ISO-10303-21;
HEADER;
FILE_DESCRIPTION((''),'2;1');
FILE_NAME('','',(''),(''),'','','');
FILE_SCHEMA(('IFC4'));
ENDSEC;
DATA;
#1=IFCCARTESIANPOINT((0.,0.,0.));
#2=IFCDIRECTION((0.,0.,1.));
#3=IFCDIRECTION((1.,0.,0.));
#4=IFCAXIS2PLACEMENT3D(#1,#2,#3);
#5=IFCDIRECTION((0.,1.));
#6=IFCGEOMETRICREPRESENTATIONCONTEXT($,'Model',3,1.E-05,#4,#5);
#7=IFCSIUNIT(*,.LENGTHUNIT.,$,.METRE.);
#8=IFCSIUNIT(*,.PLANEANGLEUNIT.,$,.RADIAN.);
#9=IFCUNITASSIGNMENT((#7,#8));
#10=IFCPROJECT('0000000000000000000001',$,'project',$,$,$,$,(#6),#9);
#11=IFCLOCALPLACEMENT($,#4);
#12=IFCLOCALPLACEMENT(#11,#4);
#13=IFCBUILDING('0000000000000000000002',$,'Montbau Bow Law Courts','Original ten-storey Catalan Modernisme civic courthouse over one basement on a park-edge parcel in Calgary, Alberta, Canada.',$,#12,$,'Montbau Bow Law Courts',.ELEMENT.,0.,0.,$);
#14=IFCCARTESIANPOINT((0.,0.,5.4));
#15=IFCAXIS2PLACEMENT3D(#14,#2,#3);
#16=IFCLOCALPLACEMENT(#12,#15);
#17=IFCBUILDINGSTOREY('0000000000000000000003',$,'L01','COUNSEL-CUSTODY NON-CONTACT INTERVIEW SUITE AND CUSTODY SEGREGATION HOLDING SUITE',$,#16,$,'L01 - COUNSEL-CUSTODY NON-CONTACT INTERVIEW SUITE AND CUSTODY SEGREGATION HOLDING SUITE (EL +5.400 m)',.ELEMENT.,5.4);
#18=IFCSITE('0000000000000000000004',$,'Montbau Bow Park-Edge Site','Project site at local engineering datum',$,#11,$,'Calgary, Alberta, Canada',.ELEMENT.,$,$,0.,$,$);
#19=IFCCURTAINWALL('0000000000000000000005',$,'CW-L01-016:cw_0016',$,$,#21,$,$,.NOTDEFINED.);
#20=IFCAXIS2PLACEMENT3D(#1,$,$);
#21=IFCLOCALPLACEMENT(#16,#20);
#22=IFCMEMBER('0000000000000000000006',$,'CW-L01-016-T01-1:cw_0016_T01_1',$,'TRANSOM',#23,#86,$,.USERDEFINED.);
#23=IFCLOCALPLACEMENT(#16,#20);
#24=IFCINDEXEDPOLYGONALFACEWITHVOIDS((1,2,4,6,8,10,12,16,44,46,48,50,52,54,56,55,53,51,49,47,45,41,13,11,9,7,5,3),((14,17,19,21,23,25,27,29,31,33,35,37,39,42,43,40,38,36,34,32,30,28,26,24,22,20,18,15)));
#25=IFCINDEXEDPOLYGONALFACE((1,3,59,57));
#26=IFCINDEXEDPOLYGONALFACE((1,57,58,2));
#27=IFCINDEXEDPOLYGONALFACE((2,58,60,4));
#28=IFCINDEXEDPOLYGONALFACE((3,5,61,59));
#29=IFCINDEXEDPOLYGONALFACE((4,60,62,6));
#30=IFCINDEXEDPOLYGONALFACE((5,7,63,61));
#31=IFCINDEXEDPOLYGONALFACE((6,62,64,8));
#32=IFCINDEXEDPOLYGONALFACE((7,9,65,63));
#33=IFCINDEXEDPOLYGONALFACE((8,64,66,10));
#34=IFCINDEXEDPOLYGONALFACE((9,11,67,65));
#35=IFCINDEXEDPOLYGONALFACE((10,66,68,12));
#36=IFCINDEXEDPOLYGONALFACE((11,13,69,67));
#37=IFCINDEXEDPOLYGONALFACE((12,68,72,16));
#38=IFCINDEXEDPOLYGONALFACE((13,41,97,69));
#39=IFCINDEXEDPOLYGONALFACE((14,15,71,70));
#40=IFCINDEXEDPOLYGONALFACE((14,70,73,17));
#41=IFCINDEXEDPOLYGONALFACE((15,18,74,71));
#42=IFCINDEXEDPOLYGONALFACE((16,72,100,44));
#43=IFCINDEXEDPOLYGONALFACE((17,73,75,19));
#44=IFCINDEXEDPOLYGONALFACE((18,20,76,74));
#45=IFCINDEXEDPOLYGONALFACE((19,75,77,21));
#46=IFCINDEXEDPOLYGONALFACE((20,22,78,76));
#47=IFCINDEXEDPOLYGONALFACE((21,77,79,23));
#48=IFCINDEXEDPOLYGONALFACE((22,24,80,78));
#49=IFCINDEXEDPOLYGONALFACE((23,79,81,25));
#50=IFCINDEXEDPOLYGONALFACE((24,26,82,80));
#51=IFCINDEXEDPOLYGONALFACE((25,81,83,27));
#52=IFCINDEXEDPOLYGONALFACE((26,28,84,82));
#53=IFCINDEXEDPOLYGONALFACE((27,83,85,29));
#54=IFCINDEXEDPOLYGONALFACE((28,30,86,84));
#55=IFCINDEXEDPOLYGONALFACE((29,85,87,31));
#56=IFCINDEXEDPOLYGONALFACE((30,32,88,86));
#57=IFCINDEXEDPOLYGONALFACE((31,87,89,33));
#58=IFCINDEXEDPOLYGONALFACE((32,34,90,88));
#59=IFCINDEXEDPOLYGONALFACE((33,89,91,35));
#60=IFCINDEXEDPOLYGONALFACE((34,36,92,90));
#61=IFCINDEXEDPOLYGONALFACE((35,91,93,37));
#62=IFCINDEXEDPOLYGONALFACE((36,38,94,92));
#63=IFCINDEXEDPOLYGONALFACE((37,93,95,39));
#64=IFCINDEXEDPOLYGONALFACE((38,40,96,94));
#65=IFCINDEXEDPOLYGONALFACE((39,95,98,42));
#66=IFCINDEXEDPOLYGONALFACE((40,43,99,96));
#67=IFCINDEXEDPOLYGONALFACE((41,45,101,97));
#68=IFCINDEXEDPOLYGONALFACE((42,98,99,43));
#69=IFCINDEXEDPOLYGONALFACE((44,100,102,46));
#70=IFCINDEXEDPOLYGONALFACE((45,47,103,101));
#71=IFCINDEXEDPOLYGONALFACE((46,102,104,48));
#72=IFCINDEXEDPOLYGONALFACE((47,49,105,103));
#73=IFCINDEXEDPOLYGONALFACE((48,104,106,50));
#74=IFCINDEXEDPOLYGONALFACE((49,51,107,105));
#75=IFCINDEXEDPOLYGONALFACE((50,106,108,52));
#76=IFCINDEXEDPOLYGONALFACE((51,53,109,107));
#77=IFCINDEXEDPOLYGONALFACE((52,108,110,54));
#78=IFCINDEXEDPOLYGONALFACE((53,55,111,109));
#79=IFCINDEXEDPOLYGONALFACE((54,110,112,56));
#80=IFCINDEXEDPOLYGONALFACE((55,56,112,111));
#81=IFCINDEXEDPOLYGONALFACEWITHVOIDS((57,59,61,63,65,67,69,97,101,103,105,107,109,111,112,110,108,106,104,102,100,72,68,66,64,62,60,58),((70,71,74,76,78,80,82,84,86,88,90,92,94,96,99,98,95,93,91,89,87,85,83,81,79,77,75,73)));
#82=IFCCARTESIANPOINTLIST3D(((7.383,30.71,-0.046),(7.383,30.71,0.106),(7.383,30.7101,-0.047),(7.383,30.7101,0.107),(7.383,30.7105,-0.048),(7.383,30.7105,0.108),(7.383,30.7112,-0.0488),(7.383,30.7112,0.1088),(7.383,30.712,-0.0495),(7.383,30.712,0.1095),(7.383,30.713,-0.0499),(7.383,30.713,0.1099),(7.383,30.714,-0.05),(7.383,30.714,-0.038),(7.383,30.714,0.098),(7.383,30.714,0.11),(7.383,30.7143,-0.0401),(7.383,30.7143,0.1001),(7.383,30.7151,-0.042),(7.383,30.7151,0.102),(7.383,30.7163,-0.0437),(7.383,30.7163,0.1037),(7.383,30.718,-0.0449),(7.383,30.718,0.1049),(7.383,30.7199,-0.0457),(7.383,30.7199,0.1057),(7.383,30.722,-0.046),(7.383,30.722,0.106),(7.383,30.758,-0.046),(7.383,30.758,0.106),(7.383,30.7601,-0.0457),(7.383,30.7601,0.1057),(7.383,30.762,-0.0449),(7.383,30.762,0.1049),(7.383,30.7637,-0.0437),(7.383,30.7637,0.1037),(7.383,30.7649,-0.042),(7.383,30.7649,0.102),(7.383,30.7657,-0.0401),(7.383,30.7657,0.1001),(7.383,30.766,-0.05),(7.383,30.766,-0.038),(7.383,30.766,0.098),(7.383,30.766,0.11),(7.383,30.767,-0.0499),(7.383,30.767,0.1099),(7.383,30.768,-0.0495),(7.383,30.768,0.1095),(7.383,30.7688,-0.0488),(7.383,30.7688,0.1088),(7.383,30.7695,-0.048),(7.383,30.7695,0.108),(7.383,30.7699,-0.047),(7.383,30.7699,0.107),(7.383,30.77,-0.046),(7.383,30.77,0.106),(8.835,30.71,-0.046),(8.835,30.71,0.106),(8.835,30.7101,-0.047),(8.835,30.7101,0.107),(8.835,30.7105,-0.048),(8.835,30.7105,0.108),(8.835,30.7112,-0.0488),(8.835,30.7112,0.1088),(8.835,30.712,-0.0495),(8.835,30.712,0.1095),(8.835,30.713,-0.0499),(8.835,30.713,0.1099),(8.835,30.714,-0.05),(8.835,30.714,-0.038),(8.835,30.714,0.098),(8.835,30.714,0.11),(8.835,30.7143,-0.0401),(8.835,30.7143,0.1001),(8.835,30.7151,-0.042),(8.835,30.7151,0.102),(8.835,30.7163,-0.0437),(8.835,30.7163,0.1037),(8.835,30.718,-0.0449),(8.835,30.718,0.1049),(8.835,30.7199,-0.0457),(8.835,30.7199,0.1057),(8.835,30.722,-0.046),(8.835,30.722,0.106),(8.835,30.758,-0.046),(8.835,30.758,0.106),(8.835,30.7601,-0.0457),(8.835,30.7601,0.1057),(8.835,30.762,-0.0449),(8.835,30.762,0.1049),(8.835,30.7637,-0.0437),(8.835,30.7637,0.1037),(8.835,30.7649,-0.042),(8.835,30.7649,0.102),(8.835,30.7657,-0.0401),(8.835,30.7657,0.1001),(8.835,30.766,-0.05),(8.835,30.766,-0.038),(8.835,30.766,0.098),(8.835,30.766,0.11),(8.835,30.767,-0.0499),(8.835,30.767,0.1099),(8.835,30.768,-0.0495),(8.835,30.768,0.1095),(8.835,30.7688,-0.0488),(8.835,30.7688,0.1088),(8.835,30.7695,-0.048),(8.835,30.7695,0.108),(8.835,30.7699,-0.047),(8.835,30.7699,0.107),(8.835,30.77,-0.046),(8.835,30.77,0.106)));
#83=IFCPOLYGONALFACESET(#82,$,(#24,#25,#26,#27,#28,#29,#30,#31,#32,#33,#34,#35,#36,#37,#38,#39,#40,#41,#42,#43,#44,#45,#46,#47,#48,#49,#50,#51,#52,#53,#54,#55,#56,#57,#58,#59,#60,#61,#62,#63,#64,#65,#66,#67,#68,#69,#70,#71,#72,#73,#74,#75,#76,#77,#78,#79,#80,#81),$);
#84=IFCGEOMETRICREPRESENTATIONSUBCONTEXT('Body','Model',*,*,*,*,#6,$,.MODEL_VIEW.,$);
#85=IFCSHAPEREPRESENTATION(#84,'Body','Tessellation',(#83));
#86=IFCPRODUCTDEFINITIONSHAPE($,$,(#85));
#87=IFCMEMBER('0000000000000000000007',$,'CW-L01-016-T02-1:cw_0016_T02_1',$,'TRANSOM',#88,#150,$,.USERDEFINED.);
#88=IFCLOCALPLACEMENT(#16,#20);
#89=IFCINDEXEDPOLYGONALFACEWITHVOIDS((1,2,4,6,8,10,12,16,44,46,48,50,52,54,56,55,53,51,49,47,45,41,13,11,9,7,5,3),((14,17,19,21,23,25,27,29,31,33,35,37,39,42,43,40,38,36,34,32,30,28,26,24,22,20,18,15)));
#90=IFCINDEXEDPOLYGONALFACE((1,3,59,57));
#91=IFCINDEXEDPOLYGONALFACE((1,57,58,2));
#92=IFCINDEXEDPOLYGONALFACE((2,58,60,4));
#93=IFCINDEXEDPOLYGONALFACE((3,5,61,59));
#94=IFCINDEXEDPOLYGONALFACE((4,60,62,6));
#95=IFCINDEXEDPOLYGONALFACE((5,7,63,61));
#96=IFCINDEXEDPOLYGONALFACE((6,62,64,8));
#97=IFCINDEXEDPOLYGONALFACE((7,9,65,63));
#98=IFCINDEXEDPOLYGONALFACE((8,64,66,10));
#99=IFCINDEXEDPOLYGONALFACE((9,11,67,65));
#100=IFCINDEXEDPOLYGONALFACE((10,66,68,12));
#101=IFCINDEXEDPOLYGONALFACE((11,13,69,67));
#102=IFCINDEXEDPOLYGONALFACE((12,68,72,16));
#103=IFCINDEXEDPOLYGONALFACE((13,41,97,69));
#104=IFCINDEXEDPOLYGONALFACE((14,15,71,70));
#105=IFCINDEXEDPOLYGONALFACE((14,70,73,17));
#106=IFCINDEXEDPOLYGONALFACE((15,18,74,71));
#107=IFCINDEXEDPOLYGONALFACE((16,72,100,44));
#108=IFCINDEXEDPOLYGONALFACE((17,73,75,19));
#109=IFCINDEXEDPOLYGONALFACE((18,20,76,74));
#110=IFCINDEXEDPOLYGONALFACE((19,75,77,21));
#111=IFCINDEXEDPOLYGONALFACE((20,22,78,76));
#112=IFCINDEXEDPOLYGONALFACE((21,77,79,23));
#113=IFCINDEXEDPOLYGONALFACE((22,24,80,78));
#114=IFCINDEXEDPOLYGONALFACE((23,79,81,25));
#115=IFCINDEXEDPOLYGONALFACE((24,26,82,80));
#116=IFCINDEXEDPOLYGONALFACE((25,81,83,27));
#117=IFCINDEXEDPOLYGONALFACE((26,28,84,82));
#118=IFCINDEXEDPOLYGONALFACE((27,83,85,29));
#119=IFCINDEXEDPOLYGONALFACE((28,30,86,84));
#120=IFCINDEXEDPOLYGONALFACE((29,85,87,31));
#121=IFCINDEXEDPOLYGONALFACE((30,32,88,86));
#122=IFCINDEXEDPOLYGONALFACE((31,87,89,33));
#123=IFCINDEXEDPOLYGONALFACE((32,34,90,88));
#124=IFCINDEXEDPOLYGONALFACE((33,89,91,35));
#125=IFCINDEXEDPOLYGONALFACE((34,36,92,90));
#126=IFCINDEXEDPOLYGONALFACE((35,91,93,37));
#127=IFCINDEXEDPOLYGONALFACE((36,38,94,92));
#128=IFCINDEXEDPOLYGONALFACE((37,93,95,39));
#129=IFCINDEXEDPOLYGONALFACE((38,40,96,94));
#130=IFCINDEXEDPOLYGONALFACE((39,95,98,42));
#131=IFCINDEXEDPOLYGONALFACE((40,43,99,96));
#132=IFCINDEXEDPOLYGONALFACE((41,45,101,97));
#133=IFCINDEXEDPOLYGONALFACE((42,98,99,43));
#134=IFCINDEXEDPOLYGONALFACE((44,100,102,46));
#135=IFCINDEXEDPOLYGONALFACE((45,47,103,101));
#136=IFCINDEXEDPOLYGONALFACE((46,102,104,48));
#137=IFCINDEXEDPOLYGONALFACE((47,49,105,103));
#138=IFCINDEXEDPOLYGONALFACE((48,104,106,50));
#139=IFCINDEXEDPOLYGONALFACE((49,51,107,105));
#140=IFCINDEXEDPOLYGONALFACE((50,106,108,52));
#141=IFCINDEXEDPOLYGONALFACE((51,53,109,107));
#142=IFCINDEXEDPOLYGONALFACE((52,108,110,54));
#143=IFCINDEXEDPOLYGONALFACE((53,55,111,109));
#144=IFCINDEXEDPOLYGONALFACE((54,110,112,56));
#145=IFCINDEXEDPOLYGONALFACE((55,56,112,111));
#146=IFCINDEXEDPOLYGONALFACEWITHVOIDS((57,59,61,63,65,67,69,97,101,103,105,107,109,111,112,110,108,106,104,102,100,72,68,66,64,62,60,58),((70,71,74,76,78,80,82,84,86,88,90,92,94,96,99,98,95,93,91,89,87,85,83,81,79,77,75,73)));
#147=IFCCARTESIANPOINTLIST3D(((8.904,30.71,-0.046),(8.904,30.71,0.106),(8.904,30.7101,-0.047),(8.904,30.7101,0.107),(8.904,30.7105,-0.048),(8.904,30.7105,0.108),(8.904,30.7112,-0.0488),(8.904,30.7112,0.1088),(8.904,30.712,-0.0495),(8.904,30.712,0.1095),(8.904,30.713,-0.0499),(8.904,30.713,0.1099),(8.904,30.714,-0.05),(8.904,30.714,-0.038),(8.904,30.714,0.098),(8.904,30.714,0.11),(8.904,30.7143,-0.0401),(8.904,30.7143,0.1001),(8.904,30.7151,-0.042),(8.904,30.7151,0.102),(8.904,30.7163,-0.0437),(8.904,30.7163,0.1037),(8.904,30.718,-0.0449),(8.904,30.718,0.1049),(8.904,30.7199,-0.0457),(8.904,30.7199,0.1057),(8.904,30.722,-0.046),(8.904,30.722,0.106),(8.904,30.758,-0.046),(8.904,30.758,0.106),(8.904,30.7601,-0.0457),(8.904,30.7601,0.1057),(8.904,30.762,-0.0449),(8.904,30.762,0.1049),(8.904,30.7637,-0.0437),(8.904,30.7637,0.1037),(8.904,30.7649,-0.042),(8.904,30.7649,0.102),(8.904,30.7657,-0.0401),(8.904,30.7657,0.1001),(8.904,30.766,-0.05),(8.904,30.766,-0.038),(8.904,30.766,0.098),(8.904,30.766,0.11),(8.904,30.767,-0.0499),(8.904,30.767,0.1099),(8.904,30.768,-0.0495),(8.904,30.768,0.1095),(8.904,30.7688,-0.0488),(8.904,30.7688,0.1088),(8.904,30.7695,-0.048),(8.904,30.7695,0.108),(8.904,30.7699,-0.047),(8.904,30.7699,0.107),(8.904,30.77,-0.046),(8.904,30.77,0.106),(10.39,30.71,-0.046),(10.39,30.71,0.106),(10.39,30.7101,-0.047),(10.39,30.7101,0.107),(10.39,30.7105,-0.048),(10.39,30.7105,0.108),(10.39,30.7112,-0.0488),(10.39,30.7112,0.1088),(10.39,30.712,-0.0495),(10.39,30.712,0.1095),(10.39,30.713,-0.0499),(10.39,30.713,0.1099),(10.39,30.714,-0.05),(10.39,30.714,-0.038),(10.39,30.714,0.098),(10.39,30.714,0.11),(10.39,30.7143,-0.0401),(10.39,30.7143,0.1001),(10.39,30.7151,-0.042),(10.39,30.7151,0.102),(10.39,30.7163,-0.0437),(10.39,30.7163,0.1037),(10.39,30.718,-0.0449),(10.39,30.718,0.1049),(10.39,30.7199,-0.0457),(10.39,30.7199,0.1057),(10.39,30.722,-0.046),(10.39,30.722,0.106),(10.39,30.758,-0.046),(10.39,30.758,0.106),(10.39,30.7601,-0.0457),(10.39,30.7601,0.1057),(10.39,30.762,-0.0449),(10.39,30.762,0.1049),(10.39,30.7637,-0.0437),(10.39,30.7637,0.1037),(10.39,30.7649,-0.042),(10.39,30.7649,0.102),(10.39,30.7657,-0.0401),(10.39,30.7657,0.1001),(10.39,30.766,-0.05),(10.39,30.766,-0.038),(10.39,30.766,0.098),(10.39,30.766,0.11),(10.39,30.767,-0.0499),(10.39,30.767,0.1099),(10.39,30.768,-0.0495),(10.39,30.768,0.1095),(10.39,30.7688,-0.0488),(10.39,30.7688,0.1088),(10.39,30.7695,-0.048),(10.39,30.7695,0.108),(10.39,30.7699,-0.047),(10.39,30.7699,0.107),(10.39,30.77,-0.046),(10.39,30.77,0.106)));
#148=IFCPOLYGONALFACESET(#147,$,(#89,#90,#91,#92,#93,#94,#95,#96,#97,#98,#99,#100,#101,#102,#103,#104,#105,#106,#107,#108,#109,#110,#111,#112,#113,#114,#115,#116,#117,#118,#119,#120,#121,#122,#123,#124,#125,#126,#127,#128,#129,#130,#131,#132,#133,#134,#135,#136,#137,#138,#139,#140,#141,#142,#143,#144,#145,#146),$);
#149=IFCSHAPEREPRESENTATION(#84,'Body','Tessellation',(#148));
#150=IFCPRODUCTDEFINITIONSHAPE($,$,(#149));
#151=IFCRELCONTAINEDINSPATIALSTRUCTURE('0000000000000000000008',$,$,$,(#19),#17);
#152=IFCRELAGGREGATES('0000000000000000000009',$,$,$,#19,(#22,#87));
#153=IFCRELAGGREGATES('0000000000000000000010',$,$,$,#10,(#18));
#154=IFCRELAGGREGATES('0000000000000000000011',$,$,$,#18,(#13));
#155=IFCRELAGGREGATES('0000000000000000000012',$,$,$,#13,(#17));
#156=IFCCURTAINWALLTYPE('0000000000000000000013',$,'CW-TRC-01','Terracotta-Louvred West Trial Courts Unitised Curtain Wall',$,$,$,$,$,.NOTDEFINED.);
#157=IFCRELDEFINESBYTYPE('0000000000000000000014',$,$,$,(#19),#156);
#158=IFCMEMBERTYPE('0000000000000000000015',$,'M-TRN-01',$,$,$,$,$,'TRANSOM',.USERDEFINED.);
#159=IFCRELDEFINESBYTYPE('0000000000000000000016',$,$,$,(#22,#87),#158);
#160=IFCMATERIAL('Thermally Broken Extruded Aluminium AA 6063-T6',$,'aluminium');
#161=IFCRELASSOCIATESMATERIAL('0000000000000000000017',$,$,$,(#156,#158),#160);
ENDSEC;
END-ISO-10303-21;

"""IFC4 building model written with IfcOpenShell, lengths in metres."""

from ifc_helpers import new_model, si_unit, direction, frame, origin_with_axes, origin_2d_with_axis, place, context, subcontext, project, spatial, hollow_rectangle, extrude, material, material_profile, profile_set, type_object, element, aggregate, save


model = new_model("IFC4")

# Units and contexts
model_context = context("Model", 3, precision=1e-05, world=origin_with_axes(), true_north=direction((0.0, 1.0)))
body_context = subcontext(model_context, "Body", "Model", "MODEL_VIEW")
ifc_project = project(units=[si_unit("LENGTHUNIT", "METRE"), si_unit("PLANEANGLEUNIT", "RADIAN")], contexts=[model_context])

# Site, building, storey
site_placement = place(None, origin_with_axes())
site = spatial("IfcSite", under=ifc_project, at=site_placement, Name="Montbau Bow Park-Edge Site", Description="Project site at local engineering datum", LongName="Calgary, Alberta, Canada", CompositionType="ELEMENT", RefElevation=0.0)
building_placement = place(site_placement, origin_with_axes())
building = spatial("IfcBuilding", under=site, at=building_placement, Name="Montbau Bow Law Courts", Description="Original ten-storey Catalan Modernisme civic courthouse over one basement on a park-edge parcel in Calgary, Alberta, Canada.", LongName="Montbau Bow Law Courts", CompositionType="ELEMENT", ElevationOfRefHeight=0.0, ElevationOfTerrain=0.0)
storey_placement = place(building_placement, frame((0.0, 0.0, 5.4), z_axis=(0.0, 0.0, 1.0), x_axis=(1.0, 0.0, 0.0)))
storey = spatial("IfcBuildingStorey", under=building, at=storey_placement, Name="L01", Description="COUNSEL-CUSTODY NON-CONTACT INTERVIEW SUITE AND CUSTODY SEGREGATION HOLDING SUITE", LongName="L01 - COUNSEL-CUSTODY NON-CONTACT INTERVIEW SUITE AND CUSTODY SEGREGATION HOLDING SUITE (EL +5.400 m)", CompositionType="ELEMENT", Elevation=5.4)

# Curtain wall
ifc_material_1 = material(Name="Thermally Broken Extruded Aluminium AA 6063-T6", Category="aluminium")
curtain_wall_type = type_object("IfcCurtainWallType", Name="CW-TRC-01", Description="Terracotta-Louvred West Trial Courts Unitised Curtain Wall", PredefinedType="NOTDEFINED", material=ifc_material_1)
curtain_wall_1_placement = place(None, frame((7.315, 30.74, 5.4), z_axis=(0.0, 0.0, 1.0), x_axis=(1.0, 0.0, 0.0)))
curtain_wall_1 = element("IfcCurtainWall", 1, at=curtain_wall_1_placement, inside=storey, type_object=curtain_wall_type, Name="CW-L01-016:cw_0016", PredefinedType="NOTDEFINED")

# Members
ifc_material_profile_1 = material_profile(ifc_material_1, hollow_rectangle(XDim=0.06, YDim=0.16, WallThickness=0.004, InnerFilletRadius=0.008, OuterFilletRadius=0.004, at=origin_2d_with_axis()), Name="CWT-160X60", Category="Main", Priority=0)
ifc_profile_set_1 = profile_set([ifc_material_profile_1], Name="Thermally Broken Extruded Aluminium AA 6063-T6")
member_type_1 = type_object("IfcMemberType", Name="M-TRN-01", ElementType="TRANSOM", PredefinedType="USERDEFINED", material=ifc_profile_set_1)
member_1_placement = place(None, frame((7.383, 30.74, 5.43), z_axis=(1.0, 0.0, 0.0), x_axis=(0.0, 1.0, 0.0)))
member_1 = element("IfcMember", 2, at=member_1_placement, type_object=member_type_1, Name="CW-L01-016-T01-1:cw_0016_T01_1", ObjectType="TRANSOM", PredefinedType="USERDEFINED", context=body_context, shape_type="SweptSolid", body=[
    extrude(hollow_rectangle(XDim=0.06, YDim=0.16, WallThickness=0.004, InnerFilletRadius=0.008, OuterFilletRadius=0.004, at=origin_2d_with_axis()), origin_with_axes(), (0.0, 0.0, 1.0), 1.452),
])
member_2_placement = place(None, frame((8.904, 30.74, 5.43), z_axis=(1.0, 0.0, 0.0), x_axis=(0.0, 1.0, 0.0)))
member_2 = element("IfcMember", 3, at=member_2_placement, type_object=member_type_1, Name="CW-L01-016-T02-1:cw_0016_T02_1", ObjectType="TRANSOM", PredefinedType="USERDEFINED", context=body_context, shape_type="SweptSolid", body=[
    extrude(hollow_rectangle(XDim=0.06, YDim=0.16, WallThickness=0.004, InnerFilletRadius=0.008, OuterFilletRadius=0.004, at=origin_2d_with_axis()), origin_with_axes(), (0.0, 0.0, 1.0), 1.486),
])
aggregate(curtain_wall_1, [member_1, member_2])

save(model, "model.ifc")
